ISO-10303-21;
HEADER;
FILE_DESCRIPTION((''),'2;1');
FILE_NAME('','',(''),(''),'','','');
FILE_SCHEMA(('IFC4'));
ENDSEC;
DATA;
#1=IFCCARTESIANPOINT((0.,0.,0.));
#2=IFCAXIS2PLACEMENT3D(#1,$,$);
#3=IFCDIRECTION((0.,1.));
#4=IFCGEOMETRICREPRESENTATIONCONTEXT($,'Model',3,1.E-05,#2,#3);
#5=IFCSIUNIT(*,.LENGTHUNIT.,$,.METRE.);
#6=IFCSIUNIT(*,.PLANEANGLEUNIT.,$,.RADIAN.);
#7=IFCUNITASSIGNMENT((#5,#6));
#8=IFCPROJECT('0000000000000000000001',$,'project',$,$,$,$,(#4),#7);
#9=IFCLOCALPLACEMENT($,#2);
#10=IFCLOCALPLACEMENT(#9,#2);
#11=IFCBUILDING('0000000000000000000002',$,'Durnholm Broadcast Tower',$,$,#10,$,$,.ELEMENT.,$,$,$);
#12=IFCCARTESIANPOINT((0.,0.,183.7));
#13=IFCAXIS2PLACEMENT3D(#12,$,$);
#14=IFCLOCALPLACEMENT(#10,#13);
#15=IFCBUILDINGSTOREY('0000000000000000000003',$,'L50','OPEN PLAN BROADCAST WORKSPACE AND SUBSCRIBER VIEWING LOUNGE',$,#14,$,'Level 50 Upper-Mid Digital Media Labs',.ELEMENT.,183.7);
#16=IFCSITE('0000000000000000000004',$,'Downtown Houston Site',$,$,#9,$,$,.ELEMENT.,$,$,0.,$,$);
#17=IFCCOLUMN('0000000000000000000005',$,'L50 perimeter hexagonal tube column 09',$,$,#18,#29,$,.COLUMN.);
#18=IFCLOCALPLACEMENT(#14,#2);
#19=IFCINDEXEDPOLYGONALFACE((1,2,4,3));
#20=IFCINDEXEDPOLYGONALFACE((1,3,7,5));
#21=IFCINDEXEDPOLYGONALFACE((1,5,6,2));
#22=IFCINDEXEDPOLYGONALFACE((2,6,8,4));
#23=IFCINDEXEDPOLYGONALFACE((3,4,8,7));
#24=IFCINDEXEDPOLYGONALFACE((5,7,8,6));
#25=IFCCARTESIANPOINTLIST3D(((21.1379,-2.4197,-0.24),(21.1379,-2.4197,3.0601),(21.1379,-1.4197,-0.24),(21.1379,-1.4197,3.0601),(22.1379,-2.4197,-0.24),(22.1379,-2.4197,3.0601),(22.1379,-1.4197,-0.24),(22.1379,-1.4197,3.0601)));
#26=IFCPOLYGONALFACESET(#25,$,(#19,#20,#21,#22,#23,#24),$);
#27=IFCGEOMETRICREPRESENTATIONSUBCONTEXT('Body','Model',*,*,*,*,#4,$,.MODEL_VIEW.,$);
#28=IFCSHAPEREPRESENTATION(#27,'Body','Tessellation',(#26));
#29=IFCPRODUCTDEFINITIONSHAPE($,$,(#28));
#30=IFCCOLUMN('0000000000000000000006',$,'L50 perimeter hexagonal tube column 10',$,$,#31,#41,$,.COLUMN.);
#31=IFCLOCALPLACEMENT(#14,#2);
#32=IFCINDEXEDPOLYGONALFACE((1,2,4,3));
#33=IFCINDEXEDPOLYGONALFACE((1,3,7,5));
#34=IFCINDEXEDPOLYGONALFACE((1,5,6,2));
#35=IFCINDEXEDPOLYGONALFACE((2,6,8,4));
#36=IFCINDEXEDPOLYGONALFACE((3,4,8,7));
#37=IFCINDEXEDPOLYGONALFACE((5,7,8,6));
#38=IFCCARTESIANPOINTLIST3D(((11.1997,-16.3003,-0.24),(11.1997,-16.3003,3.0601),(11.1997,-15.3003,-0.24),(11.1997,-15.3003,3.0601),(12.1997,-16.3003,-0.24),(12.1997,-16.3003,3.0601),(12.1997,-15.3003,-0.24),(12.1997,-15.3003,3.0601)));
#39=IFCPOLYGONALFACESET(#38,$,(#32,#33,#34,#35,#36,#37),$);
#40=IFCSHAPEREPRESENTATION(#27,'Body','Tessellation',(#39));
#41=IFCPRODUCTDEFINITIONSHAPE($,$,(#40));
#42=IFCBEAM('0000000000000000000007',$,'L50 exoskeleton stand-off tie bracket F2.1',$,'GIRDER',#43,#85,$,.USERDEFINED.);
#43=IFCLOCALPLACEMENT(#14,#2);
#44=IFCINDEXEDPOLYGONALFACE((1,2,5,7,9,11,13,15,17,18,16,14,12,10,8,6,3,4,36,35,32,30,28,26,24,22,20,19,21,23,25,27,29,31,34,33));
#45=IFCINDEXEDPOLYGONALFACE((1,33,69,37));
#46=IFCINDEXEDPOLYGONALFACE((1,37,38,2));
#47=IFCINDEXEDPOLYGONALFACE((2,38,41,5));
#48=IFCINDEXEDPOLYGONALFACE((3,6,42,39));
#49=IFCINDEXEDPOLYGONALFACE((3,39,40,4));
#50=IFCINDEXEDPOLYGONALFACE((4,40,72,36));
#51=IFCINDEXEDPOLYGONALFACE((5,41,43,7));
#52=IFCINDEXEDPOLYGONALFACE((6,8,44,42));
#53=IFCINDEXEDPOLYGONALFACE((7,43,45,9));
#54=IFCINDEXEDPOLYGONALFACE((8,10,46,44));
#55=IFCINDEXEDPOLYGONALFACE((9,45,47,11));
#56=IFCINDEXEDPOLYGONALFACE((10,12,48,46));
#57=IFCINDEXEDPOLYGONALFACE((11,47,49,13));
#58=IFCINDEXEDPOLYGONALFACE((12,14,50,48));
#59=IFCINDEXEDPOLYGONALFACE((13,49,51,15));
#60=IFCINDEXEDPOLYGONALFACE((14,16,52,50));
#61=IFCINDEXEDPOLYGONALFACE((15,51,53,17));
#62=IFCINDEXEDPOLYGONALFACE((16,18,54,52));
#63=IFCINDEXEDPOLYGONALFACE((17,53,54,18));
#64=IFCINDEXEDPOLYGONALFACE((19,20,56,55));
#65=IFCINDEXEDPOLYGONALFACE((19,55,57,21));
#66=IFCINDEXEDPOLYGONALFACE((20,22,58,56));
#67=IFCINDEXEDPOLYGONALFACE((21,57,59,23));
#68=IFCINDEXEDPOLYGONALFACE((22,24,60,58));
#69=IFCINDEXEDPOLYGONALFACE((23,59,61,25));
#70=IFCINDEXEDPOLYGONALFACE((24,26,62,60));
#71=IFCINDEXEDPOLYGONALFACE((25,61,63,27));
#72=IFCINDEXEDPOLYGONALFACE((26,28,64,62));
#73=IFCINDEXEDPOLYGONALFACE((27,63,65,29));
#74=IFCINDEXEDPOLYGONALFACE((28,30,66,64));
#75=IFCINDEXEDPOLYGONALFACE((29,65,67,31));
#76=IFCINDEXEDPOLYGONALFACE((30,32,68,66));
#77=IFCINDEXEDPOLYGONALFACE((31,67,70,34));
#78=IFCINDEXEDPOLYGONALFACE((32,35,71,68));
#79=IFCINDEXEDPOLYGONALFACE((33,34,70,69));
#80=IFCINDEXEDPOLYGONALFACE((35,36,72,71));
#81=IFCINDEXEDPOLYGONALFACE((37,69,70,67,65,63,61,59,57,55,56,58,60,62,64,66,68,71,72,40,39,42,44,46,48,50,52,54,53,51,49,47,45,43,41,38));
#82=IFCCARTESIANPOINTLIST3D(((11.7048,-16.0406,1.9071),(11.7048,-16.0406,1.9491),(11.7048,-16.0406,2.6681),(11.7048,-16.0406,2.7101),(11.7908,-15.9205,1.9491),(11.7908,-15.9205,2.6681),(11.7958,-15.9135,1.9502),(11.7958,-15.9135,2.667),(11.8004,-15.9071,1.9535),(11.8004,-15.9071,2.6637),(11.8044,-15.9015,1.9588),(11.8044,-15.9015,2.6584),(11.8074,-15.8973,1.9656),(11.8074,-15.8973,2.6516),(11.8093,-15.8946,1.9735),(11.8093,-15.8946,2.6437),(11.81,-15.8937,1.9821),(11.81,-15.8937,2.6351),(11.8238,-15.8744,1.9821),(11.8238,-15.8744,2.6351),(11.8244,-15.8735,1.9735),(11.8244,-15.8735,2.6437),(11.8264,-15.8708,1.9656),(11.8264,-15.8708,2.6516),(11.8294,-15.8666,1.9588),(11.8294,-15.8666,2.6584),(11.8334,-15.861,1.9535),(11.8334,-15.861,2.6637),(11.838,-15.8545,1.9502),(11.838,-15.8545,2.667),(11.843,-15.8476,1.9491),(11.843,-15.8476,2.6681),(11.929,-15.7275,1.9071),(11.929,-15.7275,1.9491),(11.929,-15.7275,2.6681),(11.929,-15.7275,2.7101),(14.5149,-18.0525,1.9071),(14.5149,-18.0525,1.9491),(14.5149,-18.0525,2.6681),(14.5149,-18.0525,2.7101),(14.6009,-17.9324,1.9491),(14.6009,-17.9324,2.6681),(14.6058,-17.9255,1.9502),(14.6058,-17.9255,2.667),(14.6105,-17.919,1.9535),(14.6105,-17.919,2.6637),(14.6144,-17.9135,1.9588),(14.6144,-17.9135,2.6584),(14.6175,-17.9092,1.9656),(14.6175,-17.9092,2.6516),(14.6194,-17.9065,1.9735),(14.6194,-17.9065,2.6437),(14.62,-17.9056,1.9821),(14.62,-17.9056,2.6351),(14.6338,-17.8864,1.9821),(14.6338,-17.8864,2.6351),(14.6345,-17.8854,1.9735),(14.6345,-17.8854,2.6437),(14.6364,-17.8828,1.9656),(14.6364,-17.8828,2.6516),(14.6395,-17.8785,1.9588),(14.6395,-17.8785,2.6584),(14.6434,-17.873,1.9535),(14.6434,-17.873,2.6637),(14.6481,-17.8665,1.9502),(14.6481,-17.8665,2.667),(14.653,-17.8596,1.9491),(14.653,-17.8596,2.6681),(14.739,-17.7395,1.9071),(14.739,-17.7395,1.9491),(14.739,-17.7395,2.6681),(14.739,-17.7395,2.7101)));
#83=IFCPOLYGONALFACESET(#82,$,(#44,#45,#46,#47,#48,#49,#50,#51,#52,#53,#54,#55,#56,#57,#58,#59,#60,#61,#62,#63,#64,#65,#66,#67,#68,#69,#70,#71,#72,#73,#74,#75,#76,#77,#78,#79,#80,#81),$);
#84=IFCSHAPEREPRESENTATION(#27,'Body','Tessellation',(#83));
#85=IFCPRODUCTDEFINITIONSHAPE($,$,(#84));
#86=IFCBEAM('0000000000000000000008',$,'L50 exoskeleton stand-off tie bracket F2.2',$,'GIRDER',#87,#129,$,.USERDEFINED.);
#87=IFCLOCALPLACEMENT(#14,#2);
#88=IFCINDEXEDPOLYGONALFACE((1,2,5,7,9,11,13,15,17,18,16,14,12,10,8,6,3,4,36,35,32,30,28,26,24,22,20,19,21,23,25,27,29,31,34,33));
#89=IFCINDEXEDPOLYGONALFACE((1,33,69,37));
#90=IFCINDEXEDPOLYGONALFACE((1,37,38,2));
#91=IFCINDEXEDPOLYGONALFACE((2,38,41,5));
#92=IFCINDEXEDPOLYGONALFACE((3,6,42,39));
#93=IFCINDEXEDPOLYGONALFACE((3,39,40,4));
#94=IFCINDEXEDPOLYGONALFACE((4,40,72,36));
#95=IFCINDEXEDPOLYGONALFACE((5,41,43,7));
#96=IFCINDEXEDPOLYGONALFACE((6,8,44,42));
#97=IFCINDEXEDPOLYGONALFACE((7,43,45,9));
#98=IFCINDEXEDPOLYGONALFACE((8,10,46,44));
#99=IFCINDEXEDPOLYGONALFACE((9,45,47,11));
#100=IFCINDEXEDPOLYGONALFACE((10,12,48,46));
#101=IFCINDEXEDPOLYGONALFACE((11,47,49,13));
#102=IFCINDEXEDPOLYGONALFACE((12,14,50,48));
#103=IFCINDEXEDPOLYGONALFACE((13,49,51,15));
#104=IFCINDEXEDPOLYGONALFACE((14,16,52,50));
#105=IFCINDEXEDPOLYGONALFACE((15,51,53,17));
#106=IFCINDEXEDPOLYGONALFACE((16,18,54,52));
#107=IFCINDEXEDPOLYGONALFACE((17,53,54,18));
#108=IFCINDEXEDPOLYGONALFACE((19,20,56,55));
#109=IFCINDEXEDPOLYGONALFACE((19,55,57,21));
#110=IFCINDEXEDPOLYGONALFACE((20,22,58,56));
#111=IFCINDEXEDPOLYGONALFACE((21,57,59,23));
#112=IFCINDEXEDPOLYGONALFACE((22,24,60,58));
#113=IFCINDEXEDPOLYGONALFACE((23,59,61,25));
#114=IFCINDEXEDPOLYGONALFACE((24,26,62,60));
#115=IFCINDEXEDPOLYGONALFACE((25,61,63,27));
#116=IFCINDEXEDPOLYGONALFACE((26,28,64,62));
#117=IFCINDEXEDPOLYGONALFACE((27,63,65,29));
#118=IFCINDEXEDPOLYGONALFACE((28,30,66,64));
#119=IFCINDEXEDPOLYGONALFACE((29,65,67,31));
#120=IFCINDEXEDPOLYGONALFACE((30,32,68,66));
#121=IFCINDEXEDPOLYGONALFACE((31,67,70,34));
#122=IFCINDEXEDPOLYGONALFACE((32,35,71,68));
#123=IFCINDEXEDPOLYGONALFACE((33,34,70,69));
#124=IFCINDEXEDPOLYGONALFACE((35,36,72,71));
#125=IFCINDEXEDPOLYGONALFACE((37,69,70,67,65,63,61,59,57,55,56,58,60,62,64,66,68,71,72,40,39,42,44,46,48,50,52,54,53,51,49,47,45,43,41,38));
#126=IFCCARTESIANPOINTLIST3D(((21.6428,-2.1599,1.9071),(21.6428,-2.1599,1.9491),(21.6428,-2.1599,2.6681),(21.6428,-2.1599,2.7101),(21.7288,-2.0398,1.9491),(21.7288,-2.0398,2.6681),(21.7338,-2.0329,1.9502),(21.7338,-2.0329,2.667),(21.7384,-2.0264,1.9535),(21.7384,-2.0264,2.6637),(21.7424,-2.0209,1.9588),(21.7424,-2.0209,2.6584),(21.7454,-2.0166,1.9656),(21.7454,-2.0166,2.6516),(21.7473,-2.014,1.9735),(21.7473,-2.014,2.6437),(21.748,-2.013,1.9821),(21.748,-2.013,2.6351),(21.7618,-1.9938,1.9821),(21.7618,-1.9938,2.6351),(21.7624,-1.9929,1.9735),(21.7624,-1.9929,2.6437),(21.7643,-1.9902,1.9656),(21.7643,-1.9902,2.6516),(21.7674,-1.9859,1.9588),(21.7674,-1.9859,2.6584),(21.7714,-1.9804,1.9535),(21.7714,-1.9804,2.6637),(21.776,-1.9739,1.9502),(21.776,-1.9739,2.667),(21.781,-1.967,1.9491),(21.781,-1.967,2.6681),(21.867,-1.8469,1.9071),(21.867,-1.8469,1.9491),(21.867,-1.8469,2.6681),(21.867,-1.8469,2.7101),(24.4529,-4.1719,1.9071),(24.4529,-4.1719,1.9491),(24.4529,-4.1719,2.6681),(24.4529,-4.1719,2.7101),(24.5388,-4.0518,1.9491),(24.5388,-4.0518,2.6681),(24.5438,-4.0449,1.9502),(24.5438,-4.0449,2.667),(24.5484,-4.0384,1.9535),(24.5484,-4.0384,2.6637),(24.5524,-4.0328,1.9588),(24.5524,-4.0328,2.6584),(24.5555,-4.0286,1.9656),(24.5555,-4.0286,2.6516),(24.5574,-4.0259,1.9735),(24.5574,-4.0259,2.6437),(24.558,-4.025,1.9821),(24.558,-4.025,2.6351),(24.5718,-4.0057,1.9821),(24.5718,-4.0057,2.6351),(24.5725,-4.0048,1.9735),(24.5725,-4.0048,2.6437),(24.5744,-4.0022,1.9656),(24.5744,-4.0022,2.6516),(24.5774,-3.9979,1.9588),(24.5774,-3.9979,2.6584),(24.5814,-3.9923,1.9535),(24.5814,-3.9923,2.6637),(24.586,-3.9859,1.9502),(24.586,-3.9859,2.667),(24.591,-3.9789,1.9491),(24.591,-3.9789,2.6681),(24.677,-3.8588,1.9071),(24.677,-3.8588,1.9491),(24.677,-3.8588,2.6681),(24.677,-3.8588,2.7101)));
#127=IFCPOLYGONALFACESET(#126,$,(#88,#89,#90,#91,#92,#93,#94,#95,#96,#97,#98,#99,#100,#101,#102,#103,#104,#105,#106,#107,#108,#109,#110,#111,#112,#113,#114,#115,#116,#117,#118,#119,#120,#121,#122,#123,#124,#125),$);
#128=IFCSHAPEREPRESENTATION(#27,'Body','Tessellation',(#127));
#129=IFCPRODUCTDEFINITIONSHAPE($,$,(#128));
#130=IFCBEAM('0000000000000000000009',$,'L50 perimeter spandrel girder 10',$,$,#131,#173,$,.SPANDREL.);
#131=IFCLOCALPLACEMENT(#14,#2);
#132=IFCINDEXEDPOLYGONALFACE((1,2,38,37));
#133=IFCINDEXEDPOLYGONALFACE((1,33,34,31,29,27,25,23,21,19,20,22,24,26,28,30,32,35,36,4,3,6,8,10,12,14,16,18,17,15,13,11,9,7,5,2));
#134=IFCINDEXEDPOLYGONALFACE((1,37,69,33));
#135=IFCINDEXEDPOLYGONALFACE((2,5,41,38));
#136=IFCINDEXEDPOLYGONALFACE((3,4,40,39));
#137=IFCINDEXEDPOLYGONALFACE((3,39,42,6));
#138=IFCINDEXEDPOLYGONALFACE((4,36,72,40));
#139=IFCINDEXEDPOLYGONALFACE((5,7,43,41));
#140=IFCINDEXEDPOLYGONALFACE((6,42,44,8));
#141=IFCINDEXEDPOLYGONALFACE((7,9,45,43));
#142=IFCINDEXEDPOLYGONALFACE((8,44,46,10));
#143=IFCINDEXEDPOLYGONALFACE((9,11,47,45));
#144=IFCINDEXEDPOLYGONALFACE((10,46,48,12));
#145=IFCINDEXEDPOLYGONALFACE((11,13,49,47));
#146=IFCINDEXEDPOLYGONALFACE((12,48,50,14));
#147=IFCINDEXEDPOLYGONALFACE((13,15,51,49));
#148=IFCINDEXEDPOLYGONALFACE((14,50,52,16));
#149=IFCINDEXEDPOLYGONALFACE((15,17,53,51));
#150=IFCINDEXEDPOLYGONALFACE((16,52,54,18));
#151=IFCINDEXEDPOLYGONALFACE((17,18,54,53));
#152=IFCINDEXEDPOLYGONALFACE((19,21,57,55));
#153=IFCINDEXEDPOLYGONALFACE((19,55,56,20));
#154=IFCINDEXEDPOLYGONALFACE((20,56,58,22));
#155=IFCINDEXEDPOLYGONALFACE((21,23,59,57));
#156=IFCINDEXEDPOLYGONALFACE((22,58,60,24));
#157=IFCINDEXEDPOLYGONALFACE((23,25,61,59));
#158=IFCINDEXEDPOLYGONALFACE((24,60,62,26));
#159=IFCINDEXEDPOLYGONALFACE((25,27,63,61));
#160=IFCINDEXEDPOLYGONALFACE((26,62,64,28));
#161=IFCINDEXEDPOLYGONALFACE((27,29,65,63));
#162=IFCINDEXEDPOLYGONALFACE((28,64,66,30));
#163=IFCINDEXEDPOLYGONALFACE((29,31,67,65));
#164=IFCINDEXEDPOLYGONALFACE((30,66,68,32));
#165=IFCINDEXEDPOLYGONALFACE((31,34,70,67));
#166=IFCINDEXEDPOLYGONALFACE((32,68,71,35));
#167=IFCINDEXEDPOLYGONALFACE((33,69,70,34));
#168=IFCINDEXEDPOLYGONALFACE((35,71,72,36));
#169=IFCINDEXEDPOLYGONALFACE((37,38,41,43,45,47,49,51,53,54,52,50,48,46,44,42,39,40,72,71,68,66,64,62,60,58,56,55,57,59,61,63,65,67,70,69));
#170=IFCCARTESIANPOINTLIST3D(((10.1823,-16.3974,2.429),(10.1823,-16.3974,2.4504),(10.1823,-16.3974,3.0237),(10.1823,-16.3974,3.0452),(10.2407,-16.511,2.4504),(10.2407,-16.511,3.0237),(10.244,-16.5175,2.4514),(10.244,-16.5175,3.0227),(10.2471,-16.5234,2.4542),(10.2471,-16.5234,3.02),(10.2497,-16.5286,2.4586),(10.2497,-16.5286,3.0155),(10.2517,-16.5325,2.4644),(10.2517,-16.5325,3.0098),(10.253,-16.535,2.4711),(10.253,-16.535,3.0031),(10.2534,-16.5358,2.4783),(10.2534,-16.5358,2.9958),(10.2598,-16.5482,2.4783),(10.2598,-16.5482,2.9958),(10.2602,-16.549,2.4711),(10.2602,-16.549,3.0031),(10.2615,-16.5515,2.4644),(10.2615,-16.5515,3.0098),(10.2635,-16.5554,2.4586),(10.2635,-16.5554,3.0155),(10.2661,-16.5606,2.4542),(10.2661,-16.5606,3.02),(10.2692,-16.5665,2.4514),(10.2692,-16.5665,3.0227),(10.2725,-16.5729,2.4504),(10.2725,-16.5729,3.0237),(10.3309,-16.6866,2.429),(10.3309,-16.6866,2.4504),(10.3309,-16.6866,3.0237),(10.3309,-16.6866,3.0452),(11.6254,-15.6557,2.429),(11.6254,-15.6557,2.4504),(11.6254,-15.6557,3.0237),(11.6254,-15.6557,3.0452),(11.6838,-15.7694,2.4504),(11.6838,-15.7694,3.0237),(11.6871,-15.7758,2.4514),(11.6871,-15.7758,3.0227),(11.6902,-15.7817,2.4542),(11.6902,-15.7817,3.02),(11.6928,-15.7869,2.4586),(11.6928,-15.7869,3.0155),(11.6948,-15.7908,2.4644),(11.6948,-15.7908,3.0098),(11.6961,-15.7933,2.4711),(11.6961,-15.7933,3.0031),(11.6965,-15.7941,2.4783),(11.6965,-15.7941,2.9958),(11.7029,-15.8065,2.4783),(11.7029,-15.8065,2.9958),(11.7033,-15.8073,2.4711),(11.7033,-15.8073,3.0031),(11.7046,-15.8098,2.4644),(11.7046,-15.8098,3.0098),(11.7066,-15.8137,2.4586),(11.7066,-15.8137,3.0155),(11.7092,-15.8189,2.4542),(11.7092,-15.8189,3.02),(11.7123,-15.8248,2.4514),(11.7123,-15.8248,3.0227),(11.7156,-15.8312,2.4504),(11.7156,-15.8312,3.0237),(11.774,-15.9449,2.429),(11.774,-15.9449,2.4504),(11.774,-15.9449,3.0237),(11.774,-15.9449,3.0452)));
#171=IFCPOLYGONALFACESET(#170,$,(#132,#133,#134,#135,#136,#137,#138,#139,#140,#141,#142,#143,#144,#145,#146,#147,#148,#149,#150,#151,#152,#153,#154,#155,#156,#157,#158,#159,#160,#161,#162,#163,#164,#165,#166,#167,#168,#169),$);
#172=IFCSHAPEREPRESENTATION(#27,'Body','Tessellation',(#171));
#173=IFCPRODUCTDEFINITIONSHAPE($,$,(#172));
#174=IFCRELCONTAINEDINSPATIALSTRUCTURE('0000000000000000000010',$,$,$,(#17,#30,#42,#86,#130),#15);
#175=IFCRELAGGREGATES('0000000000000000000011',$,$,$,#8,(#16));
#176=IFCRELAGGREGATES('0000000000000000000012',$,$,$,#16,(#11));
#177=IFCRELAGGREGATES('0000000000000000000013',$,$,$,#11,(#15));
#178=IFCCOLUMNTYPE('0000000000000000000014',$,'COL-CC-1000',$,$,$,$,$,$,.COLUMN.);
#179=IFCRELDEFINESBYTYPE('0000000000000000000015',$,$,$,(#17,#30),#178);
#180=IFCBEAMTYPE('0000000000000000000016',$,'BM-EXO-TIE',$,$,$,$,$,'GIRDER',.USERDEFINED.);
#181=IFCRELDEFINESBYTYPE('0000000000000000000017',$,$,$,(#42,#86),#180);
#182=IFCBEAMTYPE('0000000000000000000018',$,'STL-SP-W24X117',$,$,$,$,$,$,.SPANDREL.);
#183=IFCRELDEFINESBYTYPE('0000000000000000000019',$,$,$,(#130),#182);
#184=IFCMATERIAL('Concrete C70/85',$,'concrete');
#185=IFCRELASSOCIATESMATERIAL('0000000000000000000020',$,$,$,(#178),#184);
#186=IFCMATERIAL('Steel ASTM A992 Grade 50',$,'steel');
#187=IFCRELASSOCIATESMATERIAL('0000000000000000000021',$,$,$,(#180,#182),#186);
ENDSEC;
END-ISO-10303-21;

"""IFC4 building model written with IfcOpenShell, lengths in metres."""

from ifc_helpers import new_model, si_unit, direction, frame, origin, origin_2d, place, context, subcontext, project, spatial, rectangle, i_section, extrude, source, transform, mapped, material, material_profile, profile_set, type_object, type_shapes, element, save


model = new_model("IFC4")

# Units and contexts
model_context = context("Model", 3, precision=1e-05, world=origin(), true_north=direction((0.0, 1.0)))
body_context = subcontext(model_context, "Body", "Model", "MODEL_VIEW")
ifc_project = project(units=[si_unit("LENGTHUNIT", "METRE"), si_unit("PLANEANGLEUNIT", "RADIAN")], contexts=[model_context])

# Site, building, storey
site_placement = place(None, origin())
site = spatial("IfcSite", under=ifc_project, at=site_placement, Name="Downtown Houston Site", CompositionType="ELEMENT", RefElevation=0.0)
building_placement = place(site_placement, origin())
building = spatial("IfcBuilding", under=site, at=building_placement, Name="Durnholm Broadcast Tower", CompositionType="ELEMENT")
storey_placement = place(building_placement, frame((0.0, 0.0, 183.7)))
storey = spatial("IfcBuildingStorey", under=building, at=storey_placement, Name="L50", Description="OPEN PLAN BROADCAST WORKSPACE AND SUBSCRIBER VIEWING LOUNGE", LongName="Level 50 Upper-Mid Digital Media Labs", CompositionType="ELEMENT", Elevation=183.7)

# Columns
ifc_material_1 = material(Name="Concrete C70/85", Category="concrete")
ifc_material_profile_1 = material_profile(ifc_material_1, rectangle(XDim=1.0, YDim=1.0, at=origin_2d()), Name="RC1000X1000")
ifc_profile_set_1 = profile_set([ifc_material_profile_1], Name="Concrete C70/85")
column_type = type_object("IfcColumnType", Name="COL-CC-1000", PredefinedType="COLUMN", material=ifc_profile_set_1)
shared_shape_1 = source(origin(), body_context, "Body", "SweptSolid", [
    extrude(rectangle(XDim=1.0, YDim=1.0, at=origin_2d()), origin(), (0.0, 0.0, 1.0), 3.3),
])
type_shapes(column_type, [shared_shape_1])
for number, where, z_axis, x_axis, name in (
    (1, (21.6379, -1.9197, -0.24), (0.0, 0.0, 1.0), (1.0, 0.0, 0.0), "L50 perimeter hexagonal tube column 09"),
    (2, (11.6997, -15.8003, -0.24), (0.0, 0.0, 1.0), (1.0, 0.0, 0.0), "L50 perimeter hexagonal tube column 10"),
):
    element("IfcColumn", number, at=place(storey_placement, frame(where, z_axis=z_axis, x_axis=x_axis)), inside=storey, type_object=column_type, Name=name, PredefinedType="COLUMN", context=body_context, shape_type="MappedRepresentation", body=[
        mapped(shared_shape_1, transform((0.0, 0.0, 0.0), x_axis=(1.0, 0.0, 0.0), y_axis=(0.0, 1.0, 0.0), z_axis=(0.0, 0.0, 1.0), scale=1.0)),
    ])

# Beams
ifc_material_2 = material(Name="Steel ASTM A992 Grade 50", Category="steel")
ifc_material_profile_2 = material_profile(ifc_material_2, i_section(OverallWidth=0.385, OverallDepth=0.803, WebThickness=0.0237, FlangeThickness=0.042, FilletRadius=0.033, at=origin_2d()), Name="W30X261")
ifc_profile_set_2 = profile_set([ifc_material_profile_2], Name="Steel ASTM A992 Grade 50")
beam_type_1 = type_object("IfcBeamType", Name="BM-EXO-TIE", ElementType="GIRDER", PredefinedType="USERDEFINED", material=ifc_profile_set_2)
shared_shape_2 = source(origin(), body_context, "Body", "SweptSolid", [
    extrude(i_section(OverallWidth=0.385, OverallDepth=0.803, WebThickness=0.0237, FlangeThickness=0.042, FilletRadius=0.033, at=origin_2d()), origin(), (0.0, 0.0, 1.0), 3.4561),
])
for number, where, z_axis, x_axis, name in (
    (3, (11.8169, -15.884, 2.3086), (0.813079, -0.582153, 0.0), (0.582153, 0.813079, 0.0), "L50 exoskeleton stand-off tie bracket F2.1"),
    (4, (21.7549, -2.0034, 2.3086), (0.813079, -0.582153, 0.0), (0.582153, 0.813079, 0.0), "L50 exoskeleton stand-off tie bracket F2.2"),
):
    element("IfcBeam", number, at=place(storey_placement, frame(where, z_axis=z_axis, x_axis=x_axis)), inside=storey, type_object=beam_type_1, Name=name, ObjectType="GIRDER", PredefinedType="USERDEFINED", context=body_context, shape_type="MappedRepresentation", body=[
        mapped(shared_shape_2, transform((0.0, 0.0, 0.0), x_axis=(1.0, 0.0, 0.0), y_axis=(0.0, 1.0, 0.0), z_axis=(0.0, 0.0, 1.0), scale=1.0)),
    ])
ifc_material_profile_3 = material_profile(ifc_material_2, i_section(OverallWidth=0.3252, OverallDepth=0.6162, WebThickness=0.0139, FlangeThickness=0.0215, FilletRadius=0.0278, at=origin_2d()), Name="W24X117")
ifc_profile_set_3 = profile_set([ifc_material_profile_3], Name="Steel ASTM A992 Grade 50")
beam_type_2 = type_object("IfcBeamType", Name="STL-SP-W24X117", PredefinedType="SPANDREL", material=ifc_profile_set_3)
shared_shape_3 = source(origin(), body_context, "Body", "SweptSolid", [
    extrude(i_section(OverallWidth=0.3252, OverallDepth=0.6162, WebThickness=0.0139, FlangeThickness=0.0215, FilletRadius=0.0278, at=origin_2d()), origin(), (0.0, 0.0, 1.0), 1.6226),
])
beam_1_placement = place(storey_placement, frame((11.6997, -15.8003, 2.7371), z_axis=(-0.889407, -0.457117, 0.0), x_axis=(0.457117, -0.889407, 0.0)))
element("IfcBeam", 5, at=beam_1_placement, inside=storey, type_object=beam_type_2, Name="L50 perimeter spandrel girder 10", PredefinedType="SPANDREL", context=body_context, shape_type="MappedRepresentation", body=[
    mapped(shared_shape_3, transform((0.0, 0.0, 0.0), x_axis=(1.0, 0.0, 0.0), y_axis=(0.0, 1.0, 0.0), z_axis=(0.0, 0.0, 1.0), scale=1.0)),
])

save(model, "model.ifc")
